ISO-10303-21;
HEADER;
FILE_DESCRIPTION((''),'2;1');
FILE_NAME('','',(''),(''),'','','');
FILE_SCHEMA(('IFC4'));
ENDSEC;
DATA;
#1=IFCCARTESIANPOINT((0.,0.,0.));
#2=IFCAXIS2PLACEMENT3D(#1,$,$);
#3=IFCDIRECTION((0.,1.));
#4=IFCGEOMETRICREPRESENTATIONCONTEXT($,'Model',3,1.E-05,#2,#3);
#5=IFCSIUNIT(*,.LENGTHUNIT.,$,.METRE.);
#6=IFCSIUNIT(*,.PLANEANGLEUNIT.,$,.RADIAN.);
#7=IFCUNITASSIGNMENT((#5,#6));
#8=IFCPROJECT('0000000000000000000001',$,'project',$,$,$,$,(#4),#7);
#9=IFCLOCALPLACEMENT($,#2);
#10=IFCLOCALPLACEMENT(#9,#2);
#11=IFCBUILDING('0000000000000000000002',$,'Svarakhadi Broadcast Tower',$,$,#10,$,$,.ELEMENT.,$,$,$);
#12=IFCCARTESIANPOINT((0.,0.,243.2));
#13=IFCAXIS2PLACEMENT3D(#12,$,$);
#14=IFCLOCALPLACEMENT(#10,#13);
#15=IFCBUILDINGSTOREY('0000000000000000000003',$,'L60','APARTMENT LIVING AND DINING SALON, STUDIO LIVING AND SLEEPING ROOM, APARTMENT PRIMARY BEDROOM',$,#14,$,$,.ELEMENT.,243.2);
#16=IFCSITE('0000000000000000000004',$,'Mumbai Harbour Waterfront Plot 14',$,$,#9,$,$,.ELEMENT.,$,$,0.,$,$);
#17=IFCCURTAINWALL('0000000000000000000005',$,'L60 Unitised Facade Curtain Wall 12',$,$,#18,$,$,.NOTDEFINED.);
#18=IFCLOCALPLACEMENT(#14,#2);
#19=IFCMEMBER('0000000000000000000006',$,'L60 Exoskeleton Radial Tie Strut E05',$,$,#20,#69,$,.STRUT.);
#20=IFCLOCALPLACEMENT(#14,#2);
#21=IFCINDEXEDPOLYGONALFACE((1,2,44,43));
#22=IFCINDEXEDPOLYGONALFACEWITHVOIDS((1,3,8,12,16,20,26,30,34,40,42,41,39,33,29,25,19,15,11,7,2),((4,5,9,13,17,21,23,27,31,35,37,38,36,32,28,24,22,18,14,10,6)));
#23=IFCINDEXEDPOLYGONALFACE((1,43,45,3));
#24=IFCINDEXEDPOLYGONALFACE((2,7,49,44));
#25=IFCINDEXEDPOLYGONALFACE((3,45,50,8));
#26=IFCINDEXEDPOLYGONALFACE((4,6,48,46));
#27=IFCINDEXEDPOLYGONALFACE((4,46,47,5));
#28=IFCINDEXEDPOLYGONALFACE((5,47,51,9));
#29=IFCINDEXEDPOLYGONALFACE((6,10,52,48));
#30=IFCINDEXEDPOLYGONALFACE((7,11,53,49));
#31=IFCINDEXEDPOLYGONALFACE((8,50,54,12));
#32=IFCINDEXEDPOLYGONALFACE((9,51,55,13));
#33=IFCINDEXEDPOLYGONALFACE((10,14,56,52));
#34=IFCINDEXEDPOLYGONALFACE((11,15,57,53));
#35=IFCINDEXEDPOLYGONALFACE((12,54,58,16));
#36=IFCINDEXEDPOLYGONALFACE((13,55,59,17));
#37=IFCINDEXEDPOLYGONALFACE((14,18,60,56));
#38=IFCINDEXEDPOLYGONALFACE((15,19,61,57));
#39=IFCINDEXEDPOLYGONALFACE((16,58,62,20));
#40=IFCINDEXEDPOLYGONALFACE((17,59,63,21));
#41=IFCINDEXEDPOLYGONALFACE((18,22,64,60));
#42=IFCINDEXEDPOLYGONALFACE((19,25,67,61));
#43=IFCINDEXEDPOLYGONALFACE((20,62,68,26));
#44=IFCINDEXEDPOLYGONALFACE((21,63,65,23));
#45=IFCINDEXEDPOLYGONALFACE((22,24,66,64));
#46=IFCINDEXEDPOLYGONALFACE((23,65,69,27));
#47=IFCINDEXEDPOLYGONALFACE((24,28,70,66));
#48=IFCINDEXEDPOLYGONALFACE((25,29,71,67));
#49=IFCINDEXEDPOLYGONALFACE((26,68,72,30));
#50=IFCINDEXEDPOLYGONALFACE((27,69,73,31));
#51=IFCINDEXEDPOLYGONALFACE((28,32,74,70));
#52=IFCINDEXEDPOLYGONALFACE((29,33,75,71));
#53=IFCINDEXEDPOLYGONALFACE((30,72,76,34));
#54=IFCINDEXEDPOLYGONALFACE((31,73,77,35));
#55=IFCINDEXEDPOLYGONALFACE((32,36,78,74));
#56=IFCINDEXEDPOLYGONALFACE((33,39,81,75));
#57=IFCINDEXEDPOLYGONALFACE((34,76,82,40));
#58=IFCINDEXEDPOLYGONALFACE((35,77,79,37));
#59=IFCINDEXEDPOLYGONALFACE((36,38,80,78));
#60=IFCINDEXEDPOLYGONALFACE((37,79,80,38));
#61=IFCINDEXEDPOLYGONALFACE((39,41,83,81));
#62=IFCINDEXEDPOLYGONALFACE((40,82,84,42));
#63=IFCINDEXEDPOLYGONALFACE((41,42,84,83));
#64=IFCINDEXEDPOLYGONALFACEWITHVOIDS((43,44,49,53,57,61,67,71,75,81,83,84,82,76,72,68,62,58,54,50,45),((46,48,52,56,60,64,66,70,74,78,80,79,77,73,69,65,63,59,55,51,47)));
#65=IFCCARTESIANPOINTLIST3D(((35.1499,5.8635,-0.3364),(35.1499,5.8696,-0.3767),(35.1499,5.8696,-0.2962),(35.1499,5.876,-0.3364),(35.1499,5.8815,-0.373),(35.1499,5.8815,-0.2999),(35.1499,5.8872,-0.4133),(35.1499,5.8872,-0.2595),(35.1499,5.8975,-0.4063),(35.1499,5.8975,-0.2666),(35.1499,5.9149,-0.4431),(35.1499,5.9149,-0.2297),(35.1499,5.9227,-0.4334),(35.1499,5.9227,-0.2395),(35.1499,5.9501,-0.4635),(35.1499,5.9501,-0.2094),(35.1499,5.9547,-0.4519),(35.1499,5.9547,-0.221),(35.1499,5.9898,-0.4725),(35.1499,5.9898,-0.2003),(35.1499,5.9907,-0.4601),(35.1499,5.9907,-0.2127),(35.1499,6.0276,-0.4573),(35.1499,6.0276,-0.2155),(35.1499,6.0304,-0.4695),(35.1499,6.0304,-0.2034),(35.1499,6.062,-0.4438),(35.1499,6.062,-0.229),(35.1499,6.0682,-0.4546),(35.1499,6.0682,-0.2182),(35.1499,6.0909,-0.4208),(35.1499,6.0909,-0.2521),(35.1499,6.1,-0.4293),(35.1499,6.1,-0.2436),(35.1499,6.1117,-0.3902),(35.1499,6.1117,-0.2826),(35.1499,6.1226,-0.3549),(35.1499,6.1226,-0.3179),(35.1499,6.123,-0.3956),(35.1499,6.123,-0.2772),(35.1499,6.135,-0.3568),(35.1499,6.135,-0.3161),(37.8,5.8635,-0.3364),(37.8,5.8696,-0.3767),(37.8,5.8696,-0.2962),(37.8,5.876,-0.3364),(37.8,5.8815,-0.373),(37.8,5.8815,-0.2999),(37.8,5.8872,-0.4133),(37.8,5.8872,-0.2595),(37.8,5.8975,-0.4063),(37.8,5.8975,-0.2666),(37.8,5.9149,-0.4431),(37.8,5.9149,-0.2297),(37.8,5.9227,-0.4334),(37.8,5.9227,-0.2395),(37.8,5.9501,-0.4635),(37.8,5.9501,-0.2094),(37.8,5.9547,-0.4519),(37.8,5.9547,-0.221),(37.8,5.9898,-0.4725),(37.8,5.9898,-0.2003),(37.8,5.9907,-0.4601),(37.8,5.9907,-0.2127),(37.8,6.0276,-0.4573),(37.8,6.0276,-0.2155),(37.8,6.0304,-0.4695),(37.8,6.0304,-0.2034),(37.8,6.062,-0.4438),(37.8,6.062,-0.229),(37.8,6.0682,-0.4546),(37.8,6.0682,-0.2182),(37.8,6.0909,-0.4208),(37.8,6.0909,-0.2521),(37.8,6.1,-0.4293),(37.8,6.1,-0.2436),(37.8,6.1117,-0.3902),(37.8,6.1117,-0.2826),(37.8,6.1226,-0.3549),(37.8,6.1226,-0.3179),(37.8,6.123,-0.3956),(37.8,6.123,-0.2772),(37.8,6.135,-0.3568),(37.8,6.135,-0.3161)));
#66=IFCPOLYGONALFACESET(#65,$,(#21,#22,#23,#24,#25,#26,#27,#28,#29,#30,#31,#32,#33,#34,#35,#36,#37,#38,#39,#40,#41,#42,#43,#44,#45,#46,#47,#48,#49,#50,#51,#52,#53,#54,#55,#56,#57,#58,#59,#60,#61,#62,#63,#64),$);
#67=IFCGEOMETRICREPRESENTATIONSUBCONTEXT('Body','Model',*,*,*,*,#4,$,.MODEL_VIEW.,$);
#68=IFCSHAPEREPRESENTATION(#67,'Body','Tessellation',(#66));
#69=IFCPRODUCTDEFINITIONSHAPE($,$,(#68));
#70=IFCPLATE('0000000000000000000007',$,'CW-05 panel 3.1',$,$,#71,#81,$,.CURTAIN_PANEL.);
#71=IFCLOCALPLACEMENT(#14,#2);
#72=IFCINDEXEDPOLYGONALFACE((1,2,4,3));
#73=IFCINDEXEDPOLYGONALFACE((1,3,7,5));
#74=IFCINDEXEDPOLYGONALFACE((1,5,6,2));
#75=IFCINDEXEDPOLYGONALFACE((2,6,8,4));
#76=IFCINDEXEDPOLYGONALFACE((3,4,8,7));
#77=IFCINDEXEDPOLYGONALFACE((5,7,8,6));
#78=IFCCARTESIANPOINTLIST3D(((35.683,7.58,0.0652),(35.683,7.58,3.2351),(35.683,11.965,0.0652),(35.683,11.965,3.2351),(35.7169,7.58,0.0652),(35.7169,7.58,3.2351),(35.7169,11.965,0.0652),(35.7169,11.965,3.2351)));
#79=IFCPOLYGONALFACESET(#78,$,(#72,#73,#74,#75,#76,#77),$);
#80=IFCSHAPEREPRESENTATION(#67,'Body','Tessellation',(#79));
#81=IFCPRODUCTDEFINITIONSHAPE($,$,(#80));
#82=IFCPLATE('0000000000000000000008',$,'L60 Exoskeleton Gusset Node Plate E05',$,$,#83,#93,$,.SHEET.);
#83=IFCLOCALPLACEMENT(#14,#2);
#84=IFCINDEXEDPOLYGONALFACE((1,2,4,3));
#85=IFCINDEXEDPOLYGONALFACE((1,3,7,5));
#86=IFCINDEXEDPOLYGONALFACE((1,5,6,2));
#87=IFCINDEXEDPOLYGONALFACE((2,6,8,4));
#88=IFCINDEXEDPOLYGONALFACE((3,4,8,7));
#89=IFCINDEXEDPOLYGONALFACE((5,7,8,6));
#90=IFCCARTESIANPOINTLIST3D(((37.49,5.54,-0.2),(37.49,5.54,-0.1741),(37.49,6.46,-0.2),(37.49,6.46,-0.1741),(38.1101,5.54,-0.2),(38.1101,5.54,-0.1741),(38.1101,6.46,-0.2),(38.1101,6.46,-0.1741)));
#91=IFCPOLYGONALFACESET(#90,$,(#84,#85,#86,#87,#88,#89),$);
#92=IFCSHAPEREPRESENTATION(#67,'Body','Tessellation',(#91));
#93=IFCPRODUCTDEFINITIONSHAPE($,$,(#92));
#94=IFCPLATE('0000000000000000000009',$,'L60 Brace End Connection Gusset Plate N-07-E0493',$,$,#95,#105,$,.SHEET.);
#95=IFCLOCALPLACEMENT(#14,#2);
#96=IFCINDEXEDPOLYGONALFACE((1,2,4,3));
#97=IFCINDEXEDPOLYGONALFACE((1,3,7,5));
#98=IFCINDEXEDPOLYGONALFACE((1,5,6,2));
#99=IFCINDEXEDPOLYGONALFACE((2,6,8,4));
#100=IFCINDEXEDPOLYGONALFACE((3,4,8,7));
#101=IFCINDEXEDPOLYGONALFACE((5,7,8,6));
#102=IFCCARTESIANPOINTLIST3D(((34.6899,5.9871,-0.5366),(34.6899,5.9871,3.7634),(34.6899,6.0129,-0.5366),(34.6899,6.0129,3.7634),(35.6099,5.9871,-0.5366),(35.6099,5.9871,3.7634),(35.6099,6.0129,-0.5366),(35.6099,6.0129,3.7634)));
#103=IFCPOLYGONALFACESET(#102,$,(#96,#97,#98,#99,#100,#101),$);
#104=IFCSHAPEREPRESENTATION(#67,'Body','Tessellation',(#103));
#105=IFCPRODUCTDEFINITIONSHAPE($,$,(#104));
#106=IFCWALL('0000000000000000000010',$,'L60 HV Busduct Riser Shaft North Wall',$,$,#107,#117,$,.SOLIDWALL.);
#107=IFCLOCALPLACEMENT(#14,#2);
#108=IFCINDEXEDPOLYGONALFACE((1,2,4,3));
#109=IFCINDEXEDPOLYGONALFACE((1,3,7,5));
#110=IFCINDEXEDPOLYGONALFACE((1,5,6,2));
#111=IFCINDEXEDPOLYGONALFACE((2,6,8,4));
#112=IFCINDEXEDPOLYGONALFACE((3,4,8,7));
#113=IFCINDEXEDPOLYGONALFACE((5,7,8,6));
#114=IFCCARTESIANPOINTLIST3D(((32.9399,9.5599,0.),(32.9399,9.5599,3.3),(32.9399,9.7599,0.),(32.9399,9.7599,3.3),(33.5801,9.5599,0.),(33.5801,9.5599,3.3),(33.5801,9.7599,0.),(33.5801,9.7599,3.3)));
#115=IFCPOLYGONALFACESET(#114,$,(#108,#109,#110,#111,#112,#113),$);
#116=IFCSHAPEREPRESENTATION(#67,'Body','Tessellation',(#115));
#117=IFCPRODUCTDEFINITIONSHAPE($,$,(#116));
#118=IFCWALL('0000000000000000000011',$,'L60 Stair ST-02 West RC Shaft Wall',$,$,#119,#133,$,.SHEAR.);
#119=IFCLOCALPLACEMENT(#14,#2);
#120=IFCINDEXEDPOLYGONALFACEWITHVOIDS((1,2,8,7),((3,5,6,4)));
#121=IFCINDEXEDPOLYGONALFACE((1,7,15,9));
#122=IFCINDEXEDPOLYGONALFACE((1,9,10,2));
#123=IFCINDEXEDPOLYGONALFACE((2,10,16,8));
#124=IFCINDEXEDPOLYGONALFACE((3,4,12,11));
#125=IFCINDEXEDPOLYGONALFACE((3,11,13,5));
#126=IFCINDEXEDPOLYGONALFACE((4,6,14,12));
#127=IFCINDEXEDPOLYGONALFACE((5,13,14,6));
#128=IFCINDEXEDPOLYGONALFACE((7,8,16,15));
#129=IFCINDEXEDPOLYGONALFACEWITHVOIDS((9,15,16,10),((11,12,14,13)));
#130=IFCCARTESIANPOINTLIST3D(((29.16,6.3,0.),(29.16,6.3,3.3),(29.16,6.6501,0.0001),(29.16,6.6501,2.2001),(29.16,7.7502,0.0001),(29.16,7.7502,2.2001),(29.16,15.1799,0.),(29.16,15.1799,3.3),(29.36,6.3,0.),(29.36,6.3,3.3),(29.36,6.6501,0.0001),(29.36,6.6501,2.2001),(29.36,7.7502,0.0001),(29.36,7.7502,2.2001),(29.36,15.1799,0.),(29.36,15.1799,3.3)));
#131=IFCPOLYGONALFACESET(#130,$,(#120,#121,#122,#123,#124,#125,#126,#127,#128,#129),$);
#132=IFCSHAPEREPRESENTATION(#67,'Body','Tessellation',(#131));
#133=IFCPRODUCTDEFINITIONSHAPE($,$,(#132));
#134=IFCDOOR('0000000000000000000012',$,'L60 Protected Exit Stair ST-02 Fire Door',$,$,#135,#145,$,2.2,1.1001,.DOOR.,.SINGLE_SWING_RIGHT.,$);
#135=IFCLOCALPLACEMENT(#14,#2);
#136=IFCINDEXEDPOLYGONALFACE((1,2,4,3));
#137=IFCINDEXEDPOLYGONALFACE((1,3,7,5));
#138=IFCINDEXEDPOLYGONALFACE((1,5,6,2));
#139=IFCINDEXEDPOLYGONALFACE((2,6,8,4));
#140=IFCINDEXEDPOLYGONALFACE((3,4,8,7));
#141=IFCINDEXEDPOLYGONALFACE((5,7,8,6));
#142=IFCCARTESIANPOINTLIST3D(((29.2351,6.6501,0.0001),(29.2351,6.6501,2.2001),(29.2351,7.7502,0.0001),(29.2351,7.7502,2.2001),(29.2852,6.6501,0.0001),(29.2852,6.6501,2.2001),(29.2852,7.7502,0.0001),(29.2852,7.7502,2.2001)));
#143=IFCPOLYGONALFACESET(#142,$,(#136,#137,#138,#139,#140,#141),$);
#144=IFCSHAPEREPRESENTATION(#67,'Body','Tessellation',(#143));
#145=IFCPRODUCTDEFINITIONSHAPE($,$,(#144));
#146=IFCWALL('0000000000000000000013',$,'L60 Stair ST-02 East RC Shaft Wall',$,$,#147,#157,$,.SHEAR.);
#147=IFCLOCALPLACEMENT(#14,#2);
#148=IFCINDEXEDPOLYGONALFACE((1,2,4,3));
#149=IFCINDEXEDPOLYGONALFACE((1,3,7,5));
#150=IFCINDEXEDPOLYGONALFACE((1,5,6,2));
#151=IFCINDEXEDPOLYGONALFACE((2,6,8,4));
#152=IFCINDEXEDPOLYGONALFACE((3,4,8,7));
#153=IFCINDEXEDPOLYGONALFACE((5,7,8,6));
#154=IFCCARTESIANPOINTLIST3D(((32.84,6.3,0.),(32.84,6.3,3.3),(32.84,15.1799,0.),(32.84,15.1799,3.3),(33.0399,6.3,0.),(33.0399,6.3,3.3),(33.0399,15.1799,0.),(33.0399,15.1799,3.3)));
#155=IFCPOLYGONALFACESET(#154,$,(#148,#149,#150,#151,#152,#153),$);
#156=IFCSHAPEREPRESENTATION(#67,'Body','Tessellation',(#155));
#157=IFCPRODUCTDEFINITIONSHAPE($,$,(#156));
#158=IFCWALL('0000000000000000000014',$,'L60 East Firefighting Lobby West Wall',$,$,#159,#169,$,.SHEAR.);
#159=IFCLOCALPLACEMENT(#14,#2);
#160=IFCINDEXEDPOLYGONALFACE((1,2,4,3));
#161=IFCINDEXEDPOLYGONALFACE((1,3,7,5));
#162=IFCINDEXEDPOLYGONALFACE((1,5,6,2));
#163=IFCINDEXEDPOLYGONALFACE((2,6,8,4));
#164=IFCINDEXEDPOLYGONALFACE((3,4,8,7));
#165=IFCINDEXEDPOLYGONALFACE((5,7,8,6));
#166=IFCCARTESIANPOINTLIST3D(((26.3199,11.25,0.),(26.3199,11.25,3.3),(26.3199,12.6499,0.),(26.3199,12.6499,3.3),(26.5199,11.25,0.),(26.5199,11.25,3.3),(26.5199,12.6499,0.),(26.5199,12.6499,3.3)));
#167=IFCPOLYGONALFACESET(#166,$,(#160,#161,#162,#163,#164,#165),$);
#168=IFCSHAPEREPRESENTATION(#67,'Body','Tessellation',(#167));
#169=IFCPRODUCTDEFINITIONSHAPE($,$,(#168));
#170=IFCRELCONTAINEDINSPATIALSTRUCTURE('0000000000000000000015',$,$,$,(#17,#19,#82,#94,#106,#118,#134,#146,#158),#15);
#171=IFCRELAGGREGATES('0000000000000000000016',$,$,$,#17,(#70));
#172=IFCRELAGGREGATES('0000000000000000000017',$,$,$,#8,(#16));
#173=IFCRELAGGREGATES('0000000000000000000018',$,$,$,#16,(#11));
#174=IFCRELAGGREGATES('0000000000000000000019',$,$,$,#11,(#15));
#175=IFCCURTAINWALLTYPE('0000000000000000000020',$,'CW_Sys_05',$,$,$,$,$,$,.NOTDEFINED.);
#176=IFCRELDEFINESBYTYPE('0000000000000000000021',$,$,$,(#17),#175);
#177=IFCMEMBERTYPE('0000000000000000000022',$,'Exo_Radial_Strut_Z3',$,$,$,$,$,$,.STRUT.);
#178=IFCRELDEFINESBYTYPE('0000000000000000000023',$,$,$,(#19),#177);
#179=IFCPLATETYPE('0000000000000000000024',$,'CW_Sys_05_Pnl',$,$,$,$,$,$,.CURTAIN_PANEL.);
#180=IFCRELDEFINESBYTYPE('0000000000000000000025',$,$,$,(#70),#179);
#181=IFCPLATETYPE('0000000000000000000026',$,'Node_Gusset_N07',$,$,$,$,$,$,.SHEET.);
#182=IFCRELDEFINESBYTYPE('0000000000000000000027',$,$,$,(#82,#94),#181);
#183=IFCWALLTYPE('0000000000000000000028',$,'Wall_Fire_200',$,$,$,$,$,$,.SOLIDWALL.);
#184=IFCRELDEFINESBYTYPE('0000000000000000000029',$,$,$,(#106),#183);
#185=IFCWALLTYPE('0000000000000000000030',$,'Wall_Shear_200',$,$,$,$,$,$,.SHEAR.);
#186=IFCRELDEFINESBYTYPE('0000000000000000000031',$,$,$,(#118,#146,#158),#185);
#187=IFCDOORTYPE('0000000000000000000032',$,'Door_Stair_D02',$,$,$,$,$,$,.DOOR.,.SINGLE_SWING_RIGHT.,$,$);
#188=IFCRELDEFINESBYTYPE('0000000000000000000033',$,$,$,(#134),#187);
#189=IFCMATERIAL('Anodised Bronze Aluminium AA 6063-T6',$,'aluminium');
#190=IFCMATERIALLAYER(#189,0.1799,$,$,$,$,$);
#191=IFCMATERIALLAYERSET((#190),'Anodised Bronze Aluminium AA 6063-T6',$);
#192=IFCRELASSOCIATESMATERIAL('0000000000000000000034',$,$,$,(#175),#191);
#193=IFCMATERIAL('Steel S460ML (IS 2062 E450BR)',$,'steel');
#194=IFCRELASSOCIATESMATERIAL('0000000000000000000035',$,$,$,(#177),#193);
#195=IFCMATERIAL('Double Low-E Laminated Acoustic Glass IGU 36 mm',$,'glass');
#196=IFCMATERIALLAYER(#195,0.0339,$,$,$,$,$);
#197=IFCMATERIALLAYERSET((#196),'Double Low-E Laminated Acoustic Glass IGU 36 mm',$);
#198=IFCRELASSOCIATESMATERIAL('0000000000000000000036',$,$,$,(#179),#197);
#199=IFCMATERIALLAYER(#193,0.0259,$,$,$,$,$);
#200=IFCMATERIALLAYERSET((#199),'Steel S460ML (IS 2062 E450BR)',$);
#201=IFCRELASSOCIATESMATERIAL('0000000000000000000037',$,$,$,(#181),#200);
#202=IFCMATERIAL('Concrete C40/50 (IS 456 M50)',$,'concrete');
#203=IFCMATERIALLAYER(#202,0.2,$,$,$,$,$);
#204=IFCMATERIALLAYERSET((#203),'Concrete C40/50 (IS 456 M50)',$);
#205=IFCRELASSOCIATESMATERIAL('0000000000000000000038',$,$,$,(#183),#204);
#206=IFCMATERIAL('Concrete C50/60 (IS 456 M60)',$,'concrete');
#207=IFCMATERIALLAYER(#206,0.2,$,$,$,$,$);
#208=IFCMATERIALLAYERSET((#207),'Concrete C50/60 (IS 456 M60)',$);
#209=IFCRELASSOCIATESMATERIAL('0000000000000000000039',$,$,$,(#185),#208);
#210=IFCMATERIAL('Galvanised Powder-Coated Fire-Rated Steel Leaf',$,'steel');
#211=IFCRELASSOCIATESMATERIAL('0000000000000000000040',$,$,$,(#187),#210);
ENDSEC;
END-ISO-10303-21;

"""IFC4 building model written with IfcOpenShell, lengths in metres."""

from ifc_helpers import new_model, si_unit, direction, frame, frame_2d, origin, origin_2d, place, context, subcontext, project, spatial, rectangle, hollow_circle, extrude, material, layer, layer_set, material_profile, profile_set, type_object, element, fill, aggregate, save


model = new_model("IFC4")

# Units and contexts
model_context = context("Model", 3, precision=1e-05, world=origin(), true_north=direction((0.0, 1.0)))
body_context = subcontext(model_context, "Body", "Model", "MODEL_VIEW")
ifc_project = project(units=[si_unit("LENGTHUNIT", "METRE"), si_unit("PLANEANGLEUNIT", "RADIAN")], contexts=[model_context])

# Site, building, storey
site_placement = place(None, origin())
site = spatial("IfcSite", under=ifc_project, at=site_placement, Name="Mumbai Harbour Waterfront Plot 14", CompositionType="ELEMENT", RefElevation=0.0)
building_placement = place(site_placement, origin())
building = spatial("IfcBuilding", under=site, at=building_placement, Name="Svarakhadi Broadcast Tower", CompositionType="ELEMENT")
storey_placement = place(building_placement, frame((0.0, 0.0, 243.2)))
storey = spatial("IfcBuildingStorey", under=building, at=storey_placement, Name="L60", Description="APARTMENT LIVING AND DINING SALON, STUDIO LIVING AND SLEEPING ROOM, APARTMENT PRIMARY BEDROOM", CompositionType="ELEMENT", Elevation=243.2)

# Curtain wall
ifc_material_1 = material(Name="Anodised Bronze Aluminium AA 6063-T6", Category="aluminium")
ifc_layer_1 = layer(ifc_material_1, 0.1799)
ifc_layer_set_1 = layer_set([ifc_layer_1], Name="Anodised Bronze Aluminium AA 6063-T6")
curtain_wall_type = type_object("IfcCurtainWallType", Name="CW_Sys_05", PredefinedType="NOTDEFINED", material=ifc_layer_set_1)
curtain_wall_placement = place(storey_placement, origin())
curtain_wall = element("IfcCurtainWall", 1, at=curtain_wall_placement, inside=storey, type_object=curtain_wall_type, Name="L60 Unitised Facade Curtain Wall 12", PredefinedType="NOTDEFINED")

# Shared definitions
ifc_material_2 = material(Name="Concrete C50/60 (IS 456 M60)", Category="concrete")

# Member
ifc_material_3 = material(Name="Steel S460ML (IS 2062 E450BR)", Category="steel")
ifc_material_profile_1 = material_profile(ifc_material_3, hollow_circle(Radius=0.1365, WallThickness=0.0125, at=origin_2d()), Name="CHS 273x12.5")
ifc_profile_set_1 = profile_set([ifc_material_profile_1], Name="Steel S460ML (IS 2062 E450BR)")
member_type_1 = type_object("IfcMemberType", Name="Exo_Radial_Strut_Z3", PredefinedType="STRUT", material=ifc_profile_set_1)
member_1_placement = place(storey_placement, frame((37.8, 6.0, -0.3364), z_axis=(-1.0, 0.0, 0.0), x_axis=(0.0, -1.0, 0.0)))
element("IfcMember", 2, at=member_1_placement, inside=storey, type_object=member_type_1, Name="L60 Exoskeleton Radial Tie Strut E05", PredefinedType="STRUT", context=body_context, shape_type="SweptSolid", body=[
    extrude(hollow_circle(Radius=0.1365, WallThickness=0.0125, at=origin_2d()), origin(), (0.0, 0.0, 1.0), 2.6501),
])

# Plate
ifc_material_4 = material(Name="Double Low-E Laminated Acoustic Glass IGU 36 mm", Category="glass")
ifc_layer_2 = layer(ifc_material_4, 0.0339)
ifc_layer_set_2 = layer_set([ifc_layer_2], Name="Double Low-E Laminated Acoustic Glass IGU 36 mm")
plate_type_1 = type_object("IfcPlateType", Name="CW_Sys_05_Pnl", PredefinedType="CURTAIN_PANEL", material=ifc_layer_set_2)
plate_1_placement = place(storey_placement, frame((35.7, 9.7725, 0.0652), z_axis=(0.0, 0.0, 1.0), x_axis=(0.0, -1.0, 0.0)))
plate_1 = element("IfcPlate", 3, at=plate_1_placement, type_object=plate_type_1, Name="CW-05 panel 3.1", PredefinedType="CURTAIN_PANEL", context=body_context, shape_type="SweptSolid", body=[
    extrude(rectangle(XDim=4.385, YDim=0.0339, at=origin_2d()), origin(), (0.0, 0.0, 1.0), 3.1699),
])
aggregate(curtain_wall, [plate_1])

# Plates
ifc_layer_3 = layer(ifc_material_3, 0.0259)
ifc_layer_set_3 = layer_set([ifc_layer_3], Name="Steel S460ML (IS 2062 E450BR)")
plate_type_2 = type_object("IfcPlateType", Name="Node_Gusset_N07", PredefinedType="SHEET", material=ifc_layer_set_3)
plate_2_placement = place(storey_placement, frame((37.8, 6.0, -0.2), z_axis=(0.0, 0.0, 1.0), x_axis=(0.0, 1.0, 0.0)))
element("IfcPlate", 4, at=plate_2_placement, inside=storey, type_object=plate_type_2, Name="L60 Exoskeleton Gusset Node Plate E05", PredefinedType="SHEET", context=body_context, shape_type="SweptSolid", body=[
    extrude(rectangle(XDim=0.9199, YDim=0.6201, at=origin_2d()), origin(), (0.0, 0.0, 1.0), 0.0259),
])
plate_3_placement = place(storey_placement, frame((35.1499, 6.0, -0.5366), z_axis=(0.0, 0.0, 1.0), x_axis=(1.0, 0.0, 0.0)))
element("IfcPlate", 5, at=plate_3_placement, inside=storey, type_object=plate_type_2, Name="L60 Brace End Connection Gusset Plate N-07-E0493", PredefinedType="SHEET", context=body_context, shape_type="SweptSolid", body=[
    extrude(rectangle(XDim=0.9199, YDim=0.0259, at=origin_2d()), origin(), (0.0, 0.0, 1.0), 4.3),
])

# Wall
ifc_material_5 = material(Name="Concrete C40/50 (IS 456 M50)", Category="concrete")
ifc_layer_4 = layer(ifc_material_5, 0.2)
ifc_layer_set_4 = layer_set([ifc_layer_4], Name="Concrete C40/50 (IS 456 M50)")
wall_type_1 = type_object("IfcWallType", Name="Wall_Fire_200", PredefinedType="SOLIDWALL", material=ifc_layer_set_4)
wall_1_placement = place(storey_placement, frame((32.9399, 9.6599, 0.0), z_axis=(0.0, 0.0, 1.0), x_axis=(1.0, 0.0, 0.0)))
element("IfcWall", 6, at=wall_1_placement, inside=storey, type_object=wall_type_1, Name="L60 HV Busduct Riser Shaft North Wall", PredefinedType="SOLIDWALL", context=body_context, shape_type="SweptSolid", body=[
    extrude(rectangle(XDim=0.6401, YDim=0.2, at=frame_2d((0.3201, 0.0))), origin(), (0.0, 0.0, 1.0), 3.3),
])

# Wall, opening, door
ifc_layer_5 = layer(ifc_material_2, 0.2)
ifc_layer_set_5 = layer_set([ifc_layer_5], Name="Concrete C50/60 (IS 456 M60)")
wall_type_2 = type_object("IfcWallType", Name="Wall_Shear_200", PredefinedType="SHEAR", material=ifc_layer_set_5)
wall_2_placement = place(storey_placement, frame((29.26, 6.3, 0.0), z_axis=(0.0, 0.0, 1.0), x_axis=(0.0, 1.0, 0.0)))
wall_2 = element("IfcWall", 7, at=wall_2_placement, inside=storey, type_object=wall_type_2, Name="L60 Stair ST-02 West RC Shaft Wall", PredefinedType="SHEAR", context=body_context, shape_type="SweptSolid", body=[
    extrude(rectangle(XDim=8.8799, YDim=0.2, at=frame_2d((4.4399, 0.0))), origin(), (0.0, 0.0, 1.0), 3.3),
])
opening_placement = place(wall_2_placement, frame((0.3501, 0.0, 0.0)))
opening = element("IfcOpeningElement", 8, at=opening_placement, cuts=wall_2, PredefinedType="OPENING", context=body_context, shape_type="SweptSolid", body=[
    extrude(rectangle(XDim=1.1001, YDim=2.2, at=frame_2d((0.55, 1.1001))), frame((0.0, 0.1099, 0.0), z_axis=(0.0, -1.0, 0.0), x_axis=(1.0, 0.0, 0.0)), (0.0, 0.0, 1.0), 0.22),
])
ifc_material_6 = material(Name="Galvanised Powder-Coated Fire-Rated Steel Leaf", Category="steel")
door_type = type_object("IfcDoorType", Name="Door_Stair_D02", OperationType="SINGLE_SWING_RIGHT", PredefinedType="DOOR", material=ifc_material_6)
door_placement = place(opening_placement, origin())
door = element("IfcDoor", 9, at=door_placement, inside=storey, type_object=door_type, Name="L60 Protected Exit Stair ST-02 Fire Door", OperationType="SINGLE_SWING_RIGHT", OverallHeight=2.2, OverallWidth=1.1001, PredefinedType="DOOR", context=body_context, shape_type="SweptSolid", body=[
    extrude(rectangle(XDim=1.1001, YDim=2.2, at=frame_2d((0.55, 1.1001))), frame((0.0, 0.0249, 0.0), z_axis=(0.0, -1.0, 0.0), x_axis=(1.0, 0.0, 0.0)), (0.0, 0.0, 1.0), 0.05),
])
fill(opening, door)

# Walls
wall_3_placement = place(storey_placement, frame((32.9399, 6.3, 0.0), z_axis=(0.0, 0.0, 1.0), x_axis=(0.0, 1.0, 0.0)))
element("IfcWall", 10, at=wall_3_placement, inside=storey, type_object=wall_type_2, Name="L60 Stair ST-02 East RC Shaft Wall", PredefinedType="SHEAR", context=body_context, shape_type="SweptSolid", body=[
    extrude(rectangle(XDim=8.8799, YDim=0.2, at=frame_2d((4.4399, 0.0))), origin(), (0.0, 0.0, 1.0), 3.3),
])
wall_4_placement = place(storey_placement, frame((26.4199, 11.25, 0.0), z_axis=(0.0, 0.0, 1.0), x_axis=(0.0, 1.0, 0.0)))
element("IfcWall", 11, at=wall_4_placement, inside=storey, type_object=wall_type_2, Name="L60 East Firefighting Lobby West Wall", PredefinedType="SHEAR", context=body_context, shape_type="SweptSolid", body=[
    extrude(rectangle(XDim=1.3999, YDim=0.2, at=frame_2d((0.7, 0.0))), origin(), (0.0, 0.0, 1.0), 3.3),
])

save(model, "model.ifc")
